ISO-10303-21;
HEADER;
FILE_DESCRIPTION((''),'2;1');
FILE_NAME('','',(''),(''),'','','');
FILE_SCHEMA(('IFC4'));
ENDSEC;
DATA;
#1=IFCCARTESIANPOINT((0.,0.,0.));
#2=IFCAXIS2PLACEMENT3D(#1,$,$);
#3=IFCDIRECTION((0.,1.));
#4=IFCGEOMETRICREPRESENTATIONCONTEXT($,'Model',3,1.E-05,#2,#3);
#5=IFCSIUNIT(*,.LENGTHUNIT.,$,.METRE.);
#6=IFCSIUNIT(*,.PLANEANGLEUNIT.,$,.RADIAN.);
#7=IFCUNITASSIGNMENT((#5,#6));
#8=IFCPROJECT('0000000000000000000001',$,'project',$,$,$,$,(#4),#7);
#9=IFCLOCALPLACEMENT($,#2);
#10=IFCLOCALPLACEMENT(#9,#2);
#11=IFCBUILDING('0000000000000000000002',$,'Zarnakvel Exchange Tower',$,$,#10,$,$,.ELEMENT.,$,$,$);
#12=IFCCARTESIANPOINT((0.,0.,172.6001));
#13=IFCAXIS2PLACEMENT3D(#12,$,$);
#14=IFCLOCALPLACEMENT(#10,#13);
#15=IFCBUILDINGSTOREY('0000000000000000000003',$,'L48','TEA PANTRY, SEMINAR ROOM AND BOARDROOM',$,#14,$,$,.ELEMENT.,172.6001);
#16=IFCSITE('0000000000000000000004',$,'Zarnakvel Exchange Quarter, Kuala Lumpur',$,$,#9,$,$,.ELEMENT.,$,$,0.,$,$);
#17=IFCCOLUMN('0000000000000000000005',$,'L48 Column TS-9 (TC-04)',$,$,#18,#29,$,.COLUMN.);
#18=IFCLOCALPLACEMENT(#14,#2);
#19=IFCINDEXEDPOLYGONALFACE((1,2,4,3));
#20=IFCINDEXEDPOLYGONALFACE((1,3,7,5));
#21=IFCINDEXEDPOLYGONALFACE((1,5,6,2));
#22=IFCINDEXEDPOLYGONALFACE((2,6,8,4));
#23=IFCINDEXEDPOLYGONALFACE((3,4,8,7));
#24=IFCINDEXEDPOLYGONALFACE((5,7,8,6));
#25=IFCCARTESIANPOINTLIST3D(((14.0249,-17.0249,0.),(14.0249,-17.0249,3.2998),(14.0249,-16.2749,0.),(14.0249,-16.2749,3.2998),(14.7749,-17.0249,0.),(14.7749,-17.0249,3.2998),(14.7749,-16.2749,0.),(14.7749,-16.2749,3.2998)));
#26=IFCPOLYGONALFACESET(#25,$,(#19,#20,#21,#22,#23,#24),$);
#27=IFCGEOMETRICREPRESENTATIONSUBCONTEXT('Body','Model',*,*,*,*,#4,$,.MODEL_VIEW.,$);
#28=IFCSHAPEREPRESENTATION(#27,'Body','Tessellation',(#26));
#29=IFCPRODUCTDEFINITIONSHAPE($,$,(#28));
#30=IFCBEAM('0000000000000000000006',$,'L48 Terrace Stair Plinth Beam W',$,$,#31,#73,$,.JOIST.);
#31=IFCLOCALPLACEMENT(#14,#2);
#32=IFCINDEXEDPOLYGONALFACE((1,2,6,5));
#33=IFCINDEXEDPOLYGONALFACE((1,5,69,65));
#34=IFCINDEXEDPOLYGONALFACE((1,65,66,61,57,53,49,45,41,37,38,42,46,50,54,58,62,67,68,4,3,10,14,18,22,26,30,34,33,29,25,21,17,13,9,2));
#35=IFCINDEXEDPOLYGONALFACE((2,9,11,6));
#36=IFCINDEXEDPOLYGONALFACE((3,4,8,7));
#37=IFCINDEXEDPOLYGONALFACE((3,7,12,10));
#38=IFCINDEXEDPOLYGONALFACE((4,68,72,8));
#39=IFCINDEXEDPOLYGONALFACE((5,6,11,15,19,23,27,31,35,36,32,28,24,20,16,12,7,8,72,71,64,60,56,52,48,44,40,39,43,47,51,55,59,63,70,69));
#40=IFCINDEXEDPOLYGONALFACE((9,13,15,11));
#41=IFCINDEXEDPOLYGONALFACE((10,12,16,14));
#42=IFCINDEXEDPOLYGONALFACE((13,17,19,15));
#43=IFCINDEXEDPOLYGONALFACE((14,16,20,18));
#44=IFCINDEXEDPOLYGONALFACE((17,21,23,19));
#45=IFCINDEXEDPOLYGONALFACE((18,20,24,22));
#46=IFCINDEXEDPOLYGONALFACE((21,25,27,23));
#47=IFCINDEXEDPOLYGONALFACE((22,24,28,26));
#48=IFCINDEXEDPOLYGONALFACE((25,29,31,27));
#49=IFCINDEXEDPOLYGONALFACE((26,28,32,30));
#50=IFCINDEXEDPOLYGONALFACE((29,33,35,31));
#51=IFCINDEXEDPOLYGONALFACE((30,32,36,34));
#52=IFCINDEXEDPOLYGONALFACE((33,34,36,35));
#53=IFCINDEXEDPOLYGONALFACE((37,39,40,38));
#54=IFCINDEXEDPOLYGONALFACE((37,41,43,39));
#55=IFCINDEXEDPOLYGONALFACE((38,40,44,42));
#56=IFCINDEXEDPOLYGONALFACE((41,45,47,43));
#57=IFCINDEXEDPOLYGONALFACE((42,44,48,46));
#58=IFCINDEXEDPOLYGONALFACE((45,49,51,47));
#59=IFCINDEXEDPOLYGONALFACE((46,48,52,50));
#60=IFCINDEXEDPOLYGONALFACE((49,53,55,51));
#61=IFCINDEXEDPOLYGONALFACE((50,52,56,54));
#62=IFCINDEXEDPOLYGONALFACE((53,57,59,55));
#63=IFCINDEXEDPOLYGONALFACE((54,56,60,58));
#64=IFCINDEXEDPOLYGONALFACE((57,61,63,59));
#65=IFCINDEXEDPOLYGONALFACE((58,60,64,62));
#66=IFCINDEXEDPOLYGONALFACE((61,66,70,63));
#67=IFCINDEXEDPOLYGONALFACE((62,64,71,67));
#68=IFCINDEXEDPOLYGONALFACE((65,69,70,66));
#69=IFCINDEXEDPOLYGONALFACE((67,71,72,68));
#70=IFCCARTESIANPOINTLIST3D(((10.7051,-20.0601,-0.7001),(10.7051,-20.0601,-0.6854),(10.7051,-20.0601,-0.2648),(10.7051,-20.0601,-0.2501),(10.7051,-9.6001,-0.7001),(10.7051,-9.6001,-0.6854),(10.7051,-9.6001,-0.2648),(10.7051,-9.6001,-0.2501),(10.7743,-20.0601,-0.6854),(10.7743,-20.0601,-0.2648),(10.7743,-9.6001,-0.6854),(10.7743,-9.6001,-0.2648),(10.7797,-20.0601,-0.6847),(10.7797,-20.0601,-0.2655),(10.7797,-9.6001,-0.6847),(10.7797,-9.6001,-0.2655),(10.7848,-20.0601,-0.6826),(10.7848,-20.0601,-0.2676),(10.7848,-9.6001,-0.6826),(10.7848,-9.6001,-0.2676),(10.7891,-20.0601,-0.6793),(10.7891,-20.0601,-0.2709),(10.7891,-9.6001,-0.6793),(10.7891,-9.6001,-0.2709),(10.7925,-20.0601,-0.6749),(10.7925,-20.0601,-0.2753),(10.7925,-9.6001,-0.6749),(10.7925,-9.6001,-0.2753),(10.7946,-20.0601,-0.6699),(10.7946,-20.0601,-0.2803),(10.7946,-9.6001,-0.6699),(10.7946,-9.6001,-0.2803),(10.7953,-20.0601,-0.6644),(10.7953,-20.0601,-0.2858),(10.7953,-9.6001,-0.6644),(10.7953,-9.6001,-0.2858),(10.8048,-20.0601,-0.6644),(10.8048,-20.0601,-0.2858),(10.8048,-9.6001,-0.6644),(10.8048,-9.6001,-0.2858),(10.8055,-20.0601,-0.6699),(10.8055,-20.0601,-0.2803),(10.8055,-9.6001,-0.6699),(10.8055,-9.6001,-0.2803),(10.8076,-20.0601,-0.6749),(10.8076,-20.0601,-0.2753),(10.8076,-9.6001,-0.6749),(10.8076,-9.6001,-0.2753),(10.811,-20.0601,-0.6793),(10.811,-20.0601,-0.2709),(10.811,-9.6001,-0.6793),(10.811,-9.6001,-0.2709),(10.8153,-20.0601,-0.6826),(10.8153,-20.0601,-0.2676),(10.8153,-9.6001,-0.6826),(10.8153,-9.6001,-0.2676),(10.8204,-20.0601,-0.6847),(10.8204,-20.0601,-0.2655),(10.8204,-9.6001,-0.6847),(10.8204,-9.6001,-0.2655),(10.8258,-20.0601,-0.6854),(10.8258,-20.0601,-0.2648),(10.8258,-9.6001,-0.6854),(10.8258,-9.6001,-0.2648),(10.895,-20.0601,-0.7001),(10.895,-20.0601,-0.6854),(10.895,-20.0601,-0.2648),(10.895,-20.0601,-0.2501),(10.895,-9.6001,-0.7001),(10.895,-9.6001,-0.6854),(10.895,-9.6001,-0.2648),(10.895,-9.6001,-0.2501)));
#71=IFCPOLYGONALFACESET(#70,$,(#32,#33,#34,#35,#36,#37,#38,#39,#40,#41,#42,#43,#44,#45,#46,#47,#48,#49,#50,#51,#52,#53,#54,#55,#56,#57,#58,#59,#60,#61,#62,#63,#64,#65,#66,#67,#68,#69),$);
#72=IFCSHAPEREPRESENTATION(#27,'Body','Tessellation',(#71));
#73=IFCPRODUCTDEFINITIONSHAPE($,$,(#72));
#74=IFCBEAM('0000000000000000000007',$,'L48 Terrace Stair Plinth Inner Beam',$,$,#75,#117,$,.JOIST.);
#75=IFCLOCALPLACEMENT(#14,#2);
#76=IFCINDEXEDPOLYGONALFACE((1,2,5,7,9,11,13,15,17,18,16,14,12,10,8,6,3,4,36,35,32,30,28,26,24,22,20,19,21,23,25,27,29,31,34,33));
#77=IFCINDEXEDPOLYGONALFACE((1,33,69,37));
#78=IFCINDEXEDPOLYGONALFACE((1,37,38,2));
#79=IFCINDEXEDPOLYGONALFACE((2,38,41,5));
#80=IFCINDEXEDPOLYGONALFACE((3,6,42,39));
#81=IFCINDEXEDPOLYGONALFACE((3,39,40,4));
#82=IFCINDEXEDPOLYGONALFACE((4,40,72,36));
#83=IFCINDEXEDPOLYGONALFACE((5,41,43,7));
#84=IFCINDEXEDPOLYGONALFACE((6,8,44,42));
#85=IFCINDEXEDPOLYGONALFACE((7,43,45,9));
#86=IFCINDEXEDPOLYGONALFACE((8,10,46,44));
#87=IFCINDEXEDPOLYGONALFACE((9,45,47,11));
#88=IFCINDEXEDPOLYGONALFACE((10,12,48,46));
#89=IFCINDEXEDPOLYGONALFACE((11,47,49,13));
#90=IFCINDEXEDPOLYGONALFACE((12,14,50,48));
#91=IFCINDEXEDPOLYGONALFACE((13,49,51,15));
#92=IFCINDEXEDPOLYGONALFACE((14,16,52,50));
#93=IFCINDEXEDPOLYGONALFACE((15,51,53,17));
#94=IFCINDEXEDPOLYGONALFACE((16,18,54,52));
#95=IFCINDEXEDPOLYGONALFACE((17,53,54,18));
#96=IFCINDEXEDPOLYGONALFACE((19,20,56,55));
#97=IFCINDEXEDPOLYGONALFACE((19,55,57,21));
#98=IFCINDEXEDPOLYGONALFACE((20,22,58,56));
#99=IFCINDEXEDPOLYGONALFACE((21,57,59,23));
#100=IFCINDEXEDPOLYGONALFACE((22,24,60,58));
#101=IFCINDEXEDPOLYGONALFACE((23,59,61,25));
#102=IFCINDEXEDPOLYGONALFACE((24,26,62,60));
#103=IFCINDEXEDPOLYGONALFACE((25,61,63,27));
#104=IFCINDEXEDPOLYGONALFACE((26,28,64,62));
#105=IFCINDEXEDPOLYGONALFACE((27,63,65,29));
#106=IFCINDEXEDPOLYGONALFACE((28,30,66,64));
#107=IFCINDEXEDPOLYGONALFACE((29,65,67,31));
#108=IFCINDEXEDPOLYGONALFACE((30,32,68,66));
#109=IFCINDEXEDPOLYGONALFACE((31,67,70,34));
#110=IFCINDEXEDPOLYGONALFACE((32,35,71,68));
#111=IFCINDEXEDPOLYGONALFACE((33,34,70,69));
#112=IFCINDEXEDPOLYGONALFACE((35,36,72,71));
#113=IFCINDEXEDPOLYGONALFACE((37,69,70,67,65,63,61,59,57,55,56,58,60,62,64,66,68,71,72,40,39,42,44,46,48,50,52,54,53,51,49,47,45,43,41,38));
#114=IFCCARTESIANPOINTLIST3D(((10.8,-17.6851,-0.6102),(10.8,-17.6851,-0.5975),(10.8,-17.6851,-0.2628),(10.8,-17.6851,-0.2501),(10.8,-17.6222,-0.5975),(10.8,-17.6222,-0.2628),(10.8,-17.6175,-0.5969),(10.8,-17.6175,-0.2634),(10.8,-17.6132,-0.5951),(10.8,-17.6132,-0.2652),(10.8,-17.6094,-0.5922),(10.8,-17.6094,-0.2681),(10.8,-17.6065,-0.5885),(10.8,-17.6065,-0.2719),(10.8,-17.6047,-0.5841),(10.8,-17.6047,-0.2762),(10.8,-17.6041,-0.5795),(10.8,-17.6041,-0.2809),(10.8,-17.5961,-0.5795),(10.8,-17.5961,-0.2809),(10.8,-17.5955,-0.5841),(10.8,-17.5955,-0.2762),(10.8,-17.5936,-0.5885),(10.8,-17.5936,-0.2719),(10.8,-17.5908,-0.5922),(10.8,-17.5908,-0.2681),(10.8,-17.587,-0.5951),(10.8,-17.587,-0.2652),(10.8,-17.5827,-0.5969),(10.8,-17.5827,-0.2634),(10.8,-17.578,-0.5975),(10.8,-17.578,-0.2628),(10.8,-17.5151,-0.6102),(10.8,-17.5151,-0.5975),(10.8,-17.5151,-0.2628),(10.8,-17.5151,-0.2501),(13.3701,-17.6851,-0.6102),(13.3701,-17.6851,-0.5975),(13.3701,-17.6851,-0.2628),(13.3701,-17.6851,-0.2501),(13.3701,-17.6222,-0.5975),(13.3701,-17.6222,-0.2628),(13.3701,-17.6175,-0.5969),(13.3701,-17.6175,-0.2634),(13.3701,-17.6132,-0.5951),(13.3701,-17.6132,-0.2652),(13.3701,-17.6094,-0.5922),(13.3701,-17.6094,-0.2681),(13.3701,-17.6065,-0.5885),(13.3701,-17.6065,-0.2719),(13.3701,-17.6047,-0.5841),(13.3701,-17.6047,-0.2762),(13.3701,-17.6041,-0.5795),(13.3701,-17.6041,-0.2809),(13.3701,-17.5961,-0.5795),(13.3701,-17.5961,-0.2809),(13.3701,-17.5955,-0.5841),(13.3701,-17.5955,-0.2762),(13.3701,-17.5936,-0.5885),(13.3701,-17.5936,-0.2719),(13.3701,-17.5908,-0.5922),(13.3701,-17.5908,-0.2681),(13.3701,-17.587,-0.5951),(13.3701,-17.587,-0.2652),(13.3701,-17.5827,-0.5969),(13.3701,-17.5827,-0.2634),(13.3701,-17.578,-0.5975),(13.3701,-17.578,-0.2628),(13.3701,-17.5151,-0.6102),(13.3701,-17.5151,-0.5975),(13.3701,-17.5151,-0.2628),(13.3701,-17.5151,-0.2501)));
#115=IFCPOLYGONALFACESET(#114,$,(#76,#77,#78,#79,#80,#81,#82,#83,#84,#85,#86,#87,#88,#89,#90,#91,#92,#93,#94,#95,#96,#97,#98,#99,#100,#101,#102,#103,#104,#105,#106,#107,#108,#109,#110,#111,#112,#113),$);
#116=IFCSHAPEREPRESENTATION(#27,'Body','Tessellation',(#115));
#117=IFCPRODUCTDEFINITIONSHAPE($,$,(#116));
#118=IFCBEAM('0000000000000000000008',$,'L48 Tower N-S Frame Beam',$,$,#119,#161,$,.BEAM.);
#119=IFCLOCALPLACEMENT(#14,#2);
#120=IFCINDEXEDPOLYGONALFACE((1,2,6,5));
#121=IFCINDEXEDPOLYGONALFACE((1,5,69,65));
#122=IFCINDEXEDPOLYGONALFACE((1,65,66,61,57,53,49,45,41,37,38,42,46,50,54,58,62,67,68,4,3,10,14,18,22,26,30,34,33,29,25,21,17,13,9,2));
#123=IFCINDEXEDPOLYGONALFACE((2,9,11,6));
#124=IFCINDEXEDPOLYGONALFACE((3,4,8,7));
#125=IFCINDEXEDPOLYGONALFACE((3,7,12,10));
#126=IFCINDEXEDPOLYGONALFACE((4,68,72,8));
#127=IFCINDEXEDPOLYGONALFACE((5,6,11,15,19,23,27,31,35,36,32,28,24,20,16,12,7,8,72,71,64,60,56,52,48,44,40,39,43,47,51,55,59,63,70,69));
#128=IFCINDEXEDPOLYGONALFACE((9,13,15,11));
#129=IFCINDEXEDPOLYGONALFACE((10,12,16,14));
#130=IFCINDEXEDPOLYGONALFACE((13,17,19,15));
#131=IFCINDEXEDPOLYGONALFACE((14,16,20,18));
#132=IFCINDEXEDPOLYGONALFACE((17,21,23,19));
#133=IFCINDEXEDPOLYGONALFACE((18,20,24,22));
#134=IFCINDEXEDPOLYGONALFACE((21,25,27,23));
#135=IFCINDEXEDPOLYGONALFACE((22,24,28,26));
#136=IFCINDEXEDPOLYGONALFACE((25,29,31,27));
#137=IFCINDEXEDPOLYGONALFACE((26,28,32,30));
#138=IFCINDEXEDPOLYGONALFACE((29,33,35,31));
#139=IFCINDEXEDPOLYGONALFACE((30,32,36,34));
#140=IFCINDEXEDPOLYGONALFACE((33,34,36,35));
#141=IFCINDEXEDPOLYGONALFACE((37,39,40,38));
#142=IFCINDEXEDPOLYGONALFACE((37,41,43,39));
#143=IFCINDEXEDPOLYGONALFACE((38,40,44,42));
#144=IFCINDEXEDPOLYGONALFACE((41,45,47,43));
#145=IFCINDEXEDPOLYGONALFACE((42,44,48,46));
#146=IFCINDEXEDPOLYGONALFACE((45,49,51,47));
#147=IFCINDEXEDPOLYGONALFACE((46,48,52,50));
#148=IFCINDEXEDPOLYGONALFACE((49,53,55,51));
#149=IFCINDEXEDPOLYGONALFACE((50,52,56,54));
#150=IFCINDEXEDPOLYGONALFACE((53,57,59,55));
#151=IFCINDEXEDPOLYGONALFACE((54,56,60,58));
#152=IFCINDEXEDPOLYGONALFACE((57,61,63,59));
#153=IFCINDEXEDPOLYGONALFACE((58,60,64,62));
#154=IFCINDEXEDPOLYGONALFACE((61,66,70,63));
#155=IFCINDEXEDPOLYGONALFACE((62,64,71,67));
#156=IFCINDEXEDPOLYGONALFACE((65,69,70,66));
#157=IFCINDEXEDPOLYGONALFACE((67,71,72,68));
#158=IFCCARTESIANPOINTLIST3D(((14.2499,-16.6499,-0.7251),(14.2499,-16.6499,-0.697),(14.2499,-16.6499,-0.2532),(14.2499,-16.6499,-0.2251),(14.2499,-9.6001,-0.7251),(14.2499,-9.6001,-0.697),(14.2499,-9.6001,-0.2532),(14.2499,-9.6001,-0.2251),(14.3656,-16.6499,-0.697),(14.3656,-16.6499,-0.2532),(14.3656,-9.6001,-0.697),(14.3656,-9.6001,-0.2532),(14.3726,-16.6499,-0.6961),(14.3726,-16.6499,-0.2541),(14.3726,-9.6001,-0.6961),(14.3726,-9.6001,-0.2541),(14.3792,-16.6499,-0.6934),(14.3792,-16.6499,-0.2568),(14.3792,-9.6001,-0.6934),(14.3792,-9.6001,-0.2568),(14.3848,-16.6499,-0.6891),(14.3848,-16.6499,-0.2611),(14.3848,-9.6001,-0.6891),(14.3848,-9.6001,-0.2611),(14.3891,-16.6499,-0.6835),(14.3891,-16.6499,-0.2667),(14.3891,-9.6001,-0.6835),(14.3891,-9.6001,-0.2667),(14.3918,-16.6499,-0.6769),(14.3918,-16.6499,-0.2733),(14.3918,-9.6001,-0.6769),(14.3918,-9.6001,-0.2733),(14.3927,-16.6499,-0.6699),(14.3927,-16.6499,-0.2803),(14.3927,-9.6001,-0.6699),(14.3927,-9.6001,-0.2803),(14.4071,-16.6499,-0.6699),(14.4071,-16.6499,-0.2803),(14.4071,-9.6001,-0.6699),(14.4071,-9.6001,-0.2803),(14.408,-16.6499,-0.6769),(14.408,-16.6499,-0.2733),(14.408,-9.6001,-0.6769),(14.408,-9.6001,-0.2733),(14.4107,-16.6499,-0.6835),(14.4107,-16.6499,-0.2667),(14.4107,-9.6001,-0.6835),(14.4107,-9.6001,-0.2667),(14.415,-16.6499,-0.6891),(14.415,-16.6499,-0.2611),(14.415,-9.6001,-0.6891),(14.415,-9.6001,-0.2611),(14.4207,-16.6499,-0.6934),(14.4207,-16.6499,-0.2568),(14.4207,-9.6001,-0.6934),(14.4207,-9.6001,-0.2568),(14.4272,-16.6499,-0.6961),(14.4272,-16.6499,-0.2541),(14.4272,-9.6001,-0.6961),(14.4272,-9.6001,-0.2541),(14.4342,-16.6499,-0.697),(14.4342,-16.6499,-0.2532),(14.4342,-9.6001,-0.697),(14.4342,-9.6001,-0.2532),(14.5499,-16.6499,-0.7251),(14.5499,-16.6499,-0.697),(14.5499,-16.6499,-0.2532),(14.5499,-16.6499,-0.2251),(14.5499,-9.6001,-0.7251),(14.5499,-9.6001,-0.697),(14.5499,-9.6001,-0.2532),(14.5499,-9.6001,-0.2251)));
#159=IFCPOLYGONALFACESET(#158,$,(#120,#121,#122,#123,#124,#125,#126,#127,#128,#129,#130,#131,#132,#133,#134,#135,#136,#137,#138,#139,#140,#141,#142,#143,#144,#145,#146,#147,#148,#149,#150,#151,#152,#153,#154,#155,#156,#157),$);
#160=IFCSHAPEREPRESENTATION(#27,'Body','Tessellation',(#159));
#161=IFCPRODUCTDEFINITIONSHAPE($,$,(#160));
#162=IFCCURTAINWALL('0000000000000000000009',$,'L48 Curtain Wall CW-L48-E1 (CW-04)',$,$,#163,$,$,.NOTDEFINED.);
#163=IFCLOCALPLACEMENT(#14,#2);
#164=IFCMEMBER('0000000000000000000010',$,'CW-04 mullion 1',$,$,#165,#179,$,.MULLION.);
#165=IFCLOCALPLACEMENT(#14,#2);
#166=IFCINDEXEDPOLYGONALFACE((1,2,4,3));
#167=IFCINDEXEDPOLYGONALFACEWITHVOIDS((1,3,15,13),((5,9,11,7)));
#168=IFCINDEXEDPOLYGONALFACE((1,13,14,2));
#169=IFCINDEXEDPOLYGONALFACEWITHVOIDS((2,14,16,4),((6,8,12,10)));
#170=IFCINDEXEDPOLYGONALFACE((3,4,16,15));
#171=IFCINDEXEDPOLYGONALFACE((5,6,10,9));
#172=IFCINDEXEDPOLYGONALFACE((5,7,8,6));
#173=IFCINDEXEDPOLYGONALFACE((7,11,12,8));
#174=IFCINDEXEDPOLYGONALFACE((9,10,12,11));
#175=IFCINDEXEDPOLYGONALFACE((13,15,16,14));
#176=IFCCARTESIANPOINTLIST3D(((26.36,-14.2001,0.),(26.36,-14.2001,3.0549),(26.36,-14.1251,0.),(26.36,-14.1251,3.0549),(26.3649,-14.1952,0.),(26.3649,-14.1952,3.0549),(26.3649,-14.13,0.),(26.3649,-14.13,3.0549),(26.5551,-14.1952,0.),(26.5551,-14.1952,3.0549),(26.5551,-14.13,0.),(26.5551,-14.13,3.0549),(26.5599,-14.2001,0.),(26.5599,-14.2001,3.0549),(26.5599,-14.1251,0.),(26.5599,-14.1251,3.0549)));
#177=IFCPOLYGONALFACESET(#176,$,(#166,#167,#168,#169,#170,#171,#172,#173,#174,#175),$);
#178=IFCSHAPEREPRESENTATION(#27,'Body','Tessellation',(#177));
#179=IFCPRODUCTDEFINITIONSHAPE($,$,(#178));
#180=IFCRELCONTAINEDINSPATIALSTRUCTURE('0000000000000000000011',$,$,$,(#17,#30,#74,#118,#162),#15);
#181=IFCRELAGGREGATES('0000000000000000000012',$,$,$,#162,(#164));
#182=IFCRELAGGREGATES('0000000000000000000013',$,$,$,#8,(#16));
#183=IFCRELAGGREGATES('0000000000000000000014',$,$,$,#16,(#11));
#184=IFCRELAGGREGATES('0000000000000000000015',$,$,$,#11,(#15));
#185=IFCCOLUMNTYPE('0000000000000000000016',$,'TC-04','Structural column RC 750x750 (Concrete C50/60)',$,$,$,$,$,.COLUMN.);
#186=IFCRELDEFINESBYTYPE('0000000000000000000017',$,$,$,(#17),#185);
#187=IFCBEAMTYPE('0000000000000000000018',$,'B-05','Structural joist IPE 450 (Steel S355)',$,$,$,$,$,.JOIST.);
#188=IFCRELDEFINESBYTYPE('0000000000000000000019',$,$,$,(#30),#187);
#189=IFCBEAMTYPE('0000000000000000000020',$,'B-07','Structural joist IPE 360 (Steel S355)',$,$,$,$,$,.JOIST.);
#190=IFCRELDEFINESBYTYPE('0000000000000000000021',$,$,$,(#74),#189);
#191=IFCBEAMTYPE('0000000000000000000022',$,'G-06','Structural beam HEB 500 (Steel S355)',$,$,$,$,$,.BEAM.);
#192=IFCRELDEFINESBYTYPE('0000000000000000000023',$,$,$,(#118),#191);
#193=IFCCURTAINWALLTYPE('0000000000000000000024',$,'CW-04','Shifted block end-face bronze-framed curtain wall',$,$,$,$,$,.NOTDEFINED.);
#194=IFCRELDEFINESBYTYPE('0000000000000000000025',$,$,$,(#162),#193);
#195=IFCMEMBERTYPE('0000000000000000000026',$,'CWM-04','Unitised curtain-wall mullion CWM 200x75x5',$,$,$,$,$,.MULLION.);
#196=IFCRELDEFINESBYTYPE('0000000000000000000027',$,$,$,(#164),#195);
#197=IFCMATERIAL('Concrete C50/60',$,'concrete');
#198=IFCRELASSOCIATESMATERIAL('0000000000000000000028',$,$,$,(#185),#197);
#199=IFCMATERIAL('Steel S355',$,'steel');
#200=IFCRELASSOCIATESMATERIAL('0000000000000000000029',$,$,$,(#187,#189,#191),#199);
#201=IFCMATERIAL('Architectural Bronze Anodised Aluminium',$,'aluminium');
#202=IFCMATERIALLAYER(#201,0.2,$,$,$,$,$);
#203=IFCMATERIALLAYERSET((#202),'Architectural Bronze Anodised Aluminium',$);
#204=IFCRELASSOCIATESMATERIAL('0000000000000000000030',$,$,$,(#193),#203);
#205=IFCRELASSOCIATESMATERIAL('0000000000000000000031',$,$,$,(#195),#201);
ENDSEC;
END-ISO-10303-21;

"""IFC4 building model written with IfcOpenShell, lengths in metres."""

from ifc_helpers import new_model, si_unit, direction, frame, origin, origin_2d, place, context, subcontext, project, spatial, rectangle, hollow_rectangle, i_section, extrude, source, transform, mapped, material, layer, layer_set, material_profile, profile_set, type_object, element, aggregate, save


model = new_model("IFC4")

# Units and contexts
model_context = context("Model", 3, precision=1e-05, world=origin(), true_north=direction((0.0, 1.0)))
body_context = subcontext(model_context, "Body", "Model", "MODEL_VIEW")
ifc_project = project(units=[si_unit("LENGTHUNIT", "METRE"), si_unit("PLANEANGLEUNIT", "RADIAN")], contexts=[model_context])

# Site, building, storey
site_placement = place(None, origin())
site = spatial("IfcSite", under=ifc_project, at=site_placement, Name="Zarnakvel Exchange Quarter, Kuala Lumpur", CompositionType="ELEMENT", RefElevation=0.0)
building_placement = place(site_placement, origin())
building = spatial("IfcBuilding", under=site, at=building_placement, Name="Zarnakvel Exchange Tower", CompositionType="ELEMENT")
storey_placement = place(building_placement, frame((0.0, 0.0, 172.6001)))
storey = spatial("IfcBuildingStorey", under=building, at=storey_placement, Name="L48", Description="TEA PANTRY, SEMINAR ROOM AND BOARDROOM", CompositionType="ELEMENT", Elevation=172.6001)

# Column
ifc_material_1 = material(Name="Concrete C50/60", Category="concrete")
ifc_material_profile_1 = material_profile(ifc_material_1, rectangle(XDim=0.75, YDim=0.75, at=origin_2d()))
ifc_profile_set_1 = profile_set([ifc_material_profile_1], Name="Concrete C50/60")
column_type = type_object("IfcColumnType", Name="TC-04", Description="Structural column RC 750x750 (Concrete C50/60)", PredefinedType="COLUMN", material=ifc_profile_set_1)
column_placement = place(storey_placement, frame((14.3999, -16.6499, 0.0), z_axis=(0.0, 0.0, 1.0), x_axis=(1.0, 0.0, 0.0)))
element("IfcColumn", 1, at=column_placement, inside=storey, type_object=column_type, Name="L48 Column TS-9 (TC-04)", PredefinedType="COLUMN", context=body_context, shape_type="SweptSolid", body=[
    extrude(rectangle(XDim=0.75, YDim=0.75, at=origin_2d()), origin(), (0.0, 0.0, 1.0), 3.2998),
])

# Beams
ifc_material_2 = material(Name="Steel S355", Category="steel")
ifc_material_profile_2 = material_profile(ifc_material_2, i_section(OverallWidth=0.1899, OverallDepth=0.45, WebThickness=0.0095, FlangeThickness=0.0146, FilletRadius=0.021, at=origin_2d()))
ifc_profile_set_2 = profile_set([ifc_material_profile_2], Name="Steel S355")
beam_type_1 = type_object("IfcBeamType", Name="B-05", Description="Structural joist IPE 450 (Steel S355)", PredefinedType="JOIST", material=ifc_profile_set_2)
beam_1_placement = place(storey_placement, frame((10.8, -9.6001, -0.4751), z_axis=(0.0, -1.0, 0.0), x_axis=(1.0, 0.0, 0.0)))
element("IfcBeam", 2, at=beam_1_placement, inside=storey, type_object=beam_type_1, Name="L48 Terrace Stair Plinth Beam W", PredefinedType="JOIST", context=body_context, shape_type="SweptSolid", body=[
    extrude(i_section(OverallWidth=0.1899, OverallDepth=0.45, WebThickness=0.0095, FlangeThickness=0.0146, FilletRadius=0.021, at=origin_2d()), origin(), (0.0, 0.0, 1.0), 10.46),
])
ifc_material_profile_3 = material_profile(ifc_material_2, i_section(OverallWidth=0.1699, OverallDepth=0.3601, WebThickness=0.0081, FlangeThickness=0.0127, FilletRadius=0.0181, at=origin_2d()))
ifc_profile_set_3 = profile_set([ifc_material_profile_3], Name="Steel S355")
beam_type_2 = type_object("IfcBeamType", Name="B-07", Description="Structural joist IPE 360 (Steel S355)", PredefinedType="JOIST", material=ifc_profile_set_3)
beam_2_placement = place(storey_placement, frame((10.8, -17.6001, -0.4302), z_axis=(1.0, 0.0, 0.0), x_axis=(0.0, 1.0, 0.0)))
element("IfcBeam", 3, at=beam_2_placement, inside=storey, type_object=beam_type_2, Name="L48 Terrace Stair Plinth Inner Beam", PredefinedType="JOIST", context=body_context, shape_type="SweptSolid", body=[
    extrude(i_section(OverallWidth=0.1699, OverallDepth=0.3601, WebThickness=0.0081, FlangeThickness=0.0127, FilletRadius=0.0181, at=origin_2d()), origin(), (0.0, 0.0, 1.0), 2.5701),
])
ifc_material_profile_4 = material_profile(ifc_material_2, i_section(OverallWidth=0.3, OverallDepth=0.5, WebThickness=0.0144, FlangeThickness=0.0281, FilletRadius=0.0271, at=origin_2d()))
ifc_profile_set_4 = profile_set([ifc_material_profile_4], Name="Steel S355")
beam_type_3 = type_object("IfcBeamType", Name="G-06", Description="Structural beam HEB 500 (Steel S355)", PredefinedType="BEAM", material=ifc_profile_set_4)
beam_3_placement = place(storey_placement, frame((14.3999, -16.6499, -0.4751), z_axis=(0.0, 1.0, 0.0), x_axis=(-1.0, 0.0, 0.0)))
element("IfcBeam", 4, at=beam_3_placement, inside=storey, type_object=beam_type_3, Name="L48 Tower N-S Frame Beam", PredefinedType="BEAM", context=body_context, shape_type="SweptSolid", body=[
    extrude(i_section(OverallWidth=0.3, OverallDepth=0.5, WebThickness=0.0144, FlangeThickness=0.0281, FilletRadius=0.0271, at=origin_2d()), origin(), (0.0, 0.0, 1.0), 7.0498),
])

# Curtain wall, member
ifc_material_3 = material(Name="Architectural Bronze Anodised Aluminium", Category="aluminium")
ifc_layer_1 = layer(ifc_material_3, 0.2)
ifc_layer_set_1 = layer_set([ifc_layer_1], Name="Architectural Bronze Anodised Aluminium")
curtain_wall_type = type_object("IfcCurtainWallType", Name="CW-04", Description="Shifted block end-face bronze-framed curtain wall", PredefinedType="NOTDEFINED", material=ifc_layer_set_1)
curtain_wall_placement = place(storey_placement, origin())
curtain_wall = element("IfcCurtainWall", 5, at=curtain_wall_placement, inside=storey, type_object=curtain_wall_type, Name="L48 Curtain Wall CW-L48-E1 (CW-04)", PredefinedType="NOTDEFINED")
ifc_material_profile_5 = material_profile(ifc_material_3, hollow_rectangle(XDim=0.2, YDim=0.075, WallThickness=0.0049, at=origin_2d()))
ifc_profile_set_5 = profile_set([ifc_material_profile_5], Name="Architectural Bronze Anodised Aluminium")
member_type_1 = type_object("IfcMemberType", Name="CWM-04", Description="Unitised curtain-wall mullion CWM 200x75x5", PredefinedType="MULLION", material=ifc_profile_set_5)
shared_shape_1 = source(origin(), body_context, "Body", "SweptSolid", [
    extrude(hollow_rectangle(XDim=0.2, YDim=0.075, WallThickness=0.0049, at=origin_2d()), origin(), (0.0, 0.0, 1.0), 3.0549),
])
member_1_placement = place(storey_placement, frame((26.46, -14.1626, 0.0), z_axis=(0.0, 0.0, 1.0), x_axis=(-1.0, 0.0, 0.0)))
member_1 = element("IfcMember", 6, at=member_1_placement, type_object=member_type_1, Name="CW-04 mullion 1", PredefinedType="MULLION", context=body_context, shape_type="MappedRepresentation", body=[
    mapped(shared_shape_1, transform((0.0, 0.0, 0.0), x_axis=(1.0, 0.0, 0.0), y_axis=(0.0, 1.0, 0.0), z_axis=(0.0, 0.0, 1.0), scale=1.0)),
])
aggregate(curtain_wall, [member_1])

save(model, "model.ifc")
